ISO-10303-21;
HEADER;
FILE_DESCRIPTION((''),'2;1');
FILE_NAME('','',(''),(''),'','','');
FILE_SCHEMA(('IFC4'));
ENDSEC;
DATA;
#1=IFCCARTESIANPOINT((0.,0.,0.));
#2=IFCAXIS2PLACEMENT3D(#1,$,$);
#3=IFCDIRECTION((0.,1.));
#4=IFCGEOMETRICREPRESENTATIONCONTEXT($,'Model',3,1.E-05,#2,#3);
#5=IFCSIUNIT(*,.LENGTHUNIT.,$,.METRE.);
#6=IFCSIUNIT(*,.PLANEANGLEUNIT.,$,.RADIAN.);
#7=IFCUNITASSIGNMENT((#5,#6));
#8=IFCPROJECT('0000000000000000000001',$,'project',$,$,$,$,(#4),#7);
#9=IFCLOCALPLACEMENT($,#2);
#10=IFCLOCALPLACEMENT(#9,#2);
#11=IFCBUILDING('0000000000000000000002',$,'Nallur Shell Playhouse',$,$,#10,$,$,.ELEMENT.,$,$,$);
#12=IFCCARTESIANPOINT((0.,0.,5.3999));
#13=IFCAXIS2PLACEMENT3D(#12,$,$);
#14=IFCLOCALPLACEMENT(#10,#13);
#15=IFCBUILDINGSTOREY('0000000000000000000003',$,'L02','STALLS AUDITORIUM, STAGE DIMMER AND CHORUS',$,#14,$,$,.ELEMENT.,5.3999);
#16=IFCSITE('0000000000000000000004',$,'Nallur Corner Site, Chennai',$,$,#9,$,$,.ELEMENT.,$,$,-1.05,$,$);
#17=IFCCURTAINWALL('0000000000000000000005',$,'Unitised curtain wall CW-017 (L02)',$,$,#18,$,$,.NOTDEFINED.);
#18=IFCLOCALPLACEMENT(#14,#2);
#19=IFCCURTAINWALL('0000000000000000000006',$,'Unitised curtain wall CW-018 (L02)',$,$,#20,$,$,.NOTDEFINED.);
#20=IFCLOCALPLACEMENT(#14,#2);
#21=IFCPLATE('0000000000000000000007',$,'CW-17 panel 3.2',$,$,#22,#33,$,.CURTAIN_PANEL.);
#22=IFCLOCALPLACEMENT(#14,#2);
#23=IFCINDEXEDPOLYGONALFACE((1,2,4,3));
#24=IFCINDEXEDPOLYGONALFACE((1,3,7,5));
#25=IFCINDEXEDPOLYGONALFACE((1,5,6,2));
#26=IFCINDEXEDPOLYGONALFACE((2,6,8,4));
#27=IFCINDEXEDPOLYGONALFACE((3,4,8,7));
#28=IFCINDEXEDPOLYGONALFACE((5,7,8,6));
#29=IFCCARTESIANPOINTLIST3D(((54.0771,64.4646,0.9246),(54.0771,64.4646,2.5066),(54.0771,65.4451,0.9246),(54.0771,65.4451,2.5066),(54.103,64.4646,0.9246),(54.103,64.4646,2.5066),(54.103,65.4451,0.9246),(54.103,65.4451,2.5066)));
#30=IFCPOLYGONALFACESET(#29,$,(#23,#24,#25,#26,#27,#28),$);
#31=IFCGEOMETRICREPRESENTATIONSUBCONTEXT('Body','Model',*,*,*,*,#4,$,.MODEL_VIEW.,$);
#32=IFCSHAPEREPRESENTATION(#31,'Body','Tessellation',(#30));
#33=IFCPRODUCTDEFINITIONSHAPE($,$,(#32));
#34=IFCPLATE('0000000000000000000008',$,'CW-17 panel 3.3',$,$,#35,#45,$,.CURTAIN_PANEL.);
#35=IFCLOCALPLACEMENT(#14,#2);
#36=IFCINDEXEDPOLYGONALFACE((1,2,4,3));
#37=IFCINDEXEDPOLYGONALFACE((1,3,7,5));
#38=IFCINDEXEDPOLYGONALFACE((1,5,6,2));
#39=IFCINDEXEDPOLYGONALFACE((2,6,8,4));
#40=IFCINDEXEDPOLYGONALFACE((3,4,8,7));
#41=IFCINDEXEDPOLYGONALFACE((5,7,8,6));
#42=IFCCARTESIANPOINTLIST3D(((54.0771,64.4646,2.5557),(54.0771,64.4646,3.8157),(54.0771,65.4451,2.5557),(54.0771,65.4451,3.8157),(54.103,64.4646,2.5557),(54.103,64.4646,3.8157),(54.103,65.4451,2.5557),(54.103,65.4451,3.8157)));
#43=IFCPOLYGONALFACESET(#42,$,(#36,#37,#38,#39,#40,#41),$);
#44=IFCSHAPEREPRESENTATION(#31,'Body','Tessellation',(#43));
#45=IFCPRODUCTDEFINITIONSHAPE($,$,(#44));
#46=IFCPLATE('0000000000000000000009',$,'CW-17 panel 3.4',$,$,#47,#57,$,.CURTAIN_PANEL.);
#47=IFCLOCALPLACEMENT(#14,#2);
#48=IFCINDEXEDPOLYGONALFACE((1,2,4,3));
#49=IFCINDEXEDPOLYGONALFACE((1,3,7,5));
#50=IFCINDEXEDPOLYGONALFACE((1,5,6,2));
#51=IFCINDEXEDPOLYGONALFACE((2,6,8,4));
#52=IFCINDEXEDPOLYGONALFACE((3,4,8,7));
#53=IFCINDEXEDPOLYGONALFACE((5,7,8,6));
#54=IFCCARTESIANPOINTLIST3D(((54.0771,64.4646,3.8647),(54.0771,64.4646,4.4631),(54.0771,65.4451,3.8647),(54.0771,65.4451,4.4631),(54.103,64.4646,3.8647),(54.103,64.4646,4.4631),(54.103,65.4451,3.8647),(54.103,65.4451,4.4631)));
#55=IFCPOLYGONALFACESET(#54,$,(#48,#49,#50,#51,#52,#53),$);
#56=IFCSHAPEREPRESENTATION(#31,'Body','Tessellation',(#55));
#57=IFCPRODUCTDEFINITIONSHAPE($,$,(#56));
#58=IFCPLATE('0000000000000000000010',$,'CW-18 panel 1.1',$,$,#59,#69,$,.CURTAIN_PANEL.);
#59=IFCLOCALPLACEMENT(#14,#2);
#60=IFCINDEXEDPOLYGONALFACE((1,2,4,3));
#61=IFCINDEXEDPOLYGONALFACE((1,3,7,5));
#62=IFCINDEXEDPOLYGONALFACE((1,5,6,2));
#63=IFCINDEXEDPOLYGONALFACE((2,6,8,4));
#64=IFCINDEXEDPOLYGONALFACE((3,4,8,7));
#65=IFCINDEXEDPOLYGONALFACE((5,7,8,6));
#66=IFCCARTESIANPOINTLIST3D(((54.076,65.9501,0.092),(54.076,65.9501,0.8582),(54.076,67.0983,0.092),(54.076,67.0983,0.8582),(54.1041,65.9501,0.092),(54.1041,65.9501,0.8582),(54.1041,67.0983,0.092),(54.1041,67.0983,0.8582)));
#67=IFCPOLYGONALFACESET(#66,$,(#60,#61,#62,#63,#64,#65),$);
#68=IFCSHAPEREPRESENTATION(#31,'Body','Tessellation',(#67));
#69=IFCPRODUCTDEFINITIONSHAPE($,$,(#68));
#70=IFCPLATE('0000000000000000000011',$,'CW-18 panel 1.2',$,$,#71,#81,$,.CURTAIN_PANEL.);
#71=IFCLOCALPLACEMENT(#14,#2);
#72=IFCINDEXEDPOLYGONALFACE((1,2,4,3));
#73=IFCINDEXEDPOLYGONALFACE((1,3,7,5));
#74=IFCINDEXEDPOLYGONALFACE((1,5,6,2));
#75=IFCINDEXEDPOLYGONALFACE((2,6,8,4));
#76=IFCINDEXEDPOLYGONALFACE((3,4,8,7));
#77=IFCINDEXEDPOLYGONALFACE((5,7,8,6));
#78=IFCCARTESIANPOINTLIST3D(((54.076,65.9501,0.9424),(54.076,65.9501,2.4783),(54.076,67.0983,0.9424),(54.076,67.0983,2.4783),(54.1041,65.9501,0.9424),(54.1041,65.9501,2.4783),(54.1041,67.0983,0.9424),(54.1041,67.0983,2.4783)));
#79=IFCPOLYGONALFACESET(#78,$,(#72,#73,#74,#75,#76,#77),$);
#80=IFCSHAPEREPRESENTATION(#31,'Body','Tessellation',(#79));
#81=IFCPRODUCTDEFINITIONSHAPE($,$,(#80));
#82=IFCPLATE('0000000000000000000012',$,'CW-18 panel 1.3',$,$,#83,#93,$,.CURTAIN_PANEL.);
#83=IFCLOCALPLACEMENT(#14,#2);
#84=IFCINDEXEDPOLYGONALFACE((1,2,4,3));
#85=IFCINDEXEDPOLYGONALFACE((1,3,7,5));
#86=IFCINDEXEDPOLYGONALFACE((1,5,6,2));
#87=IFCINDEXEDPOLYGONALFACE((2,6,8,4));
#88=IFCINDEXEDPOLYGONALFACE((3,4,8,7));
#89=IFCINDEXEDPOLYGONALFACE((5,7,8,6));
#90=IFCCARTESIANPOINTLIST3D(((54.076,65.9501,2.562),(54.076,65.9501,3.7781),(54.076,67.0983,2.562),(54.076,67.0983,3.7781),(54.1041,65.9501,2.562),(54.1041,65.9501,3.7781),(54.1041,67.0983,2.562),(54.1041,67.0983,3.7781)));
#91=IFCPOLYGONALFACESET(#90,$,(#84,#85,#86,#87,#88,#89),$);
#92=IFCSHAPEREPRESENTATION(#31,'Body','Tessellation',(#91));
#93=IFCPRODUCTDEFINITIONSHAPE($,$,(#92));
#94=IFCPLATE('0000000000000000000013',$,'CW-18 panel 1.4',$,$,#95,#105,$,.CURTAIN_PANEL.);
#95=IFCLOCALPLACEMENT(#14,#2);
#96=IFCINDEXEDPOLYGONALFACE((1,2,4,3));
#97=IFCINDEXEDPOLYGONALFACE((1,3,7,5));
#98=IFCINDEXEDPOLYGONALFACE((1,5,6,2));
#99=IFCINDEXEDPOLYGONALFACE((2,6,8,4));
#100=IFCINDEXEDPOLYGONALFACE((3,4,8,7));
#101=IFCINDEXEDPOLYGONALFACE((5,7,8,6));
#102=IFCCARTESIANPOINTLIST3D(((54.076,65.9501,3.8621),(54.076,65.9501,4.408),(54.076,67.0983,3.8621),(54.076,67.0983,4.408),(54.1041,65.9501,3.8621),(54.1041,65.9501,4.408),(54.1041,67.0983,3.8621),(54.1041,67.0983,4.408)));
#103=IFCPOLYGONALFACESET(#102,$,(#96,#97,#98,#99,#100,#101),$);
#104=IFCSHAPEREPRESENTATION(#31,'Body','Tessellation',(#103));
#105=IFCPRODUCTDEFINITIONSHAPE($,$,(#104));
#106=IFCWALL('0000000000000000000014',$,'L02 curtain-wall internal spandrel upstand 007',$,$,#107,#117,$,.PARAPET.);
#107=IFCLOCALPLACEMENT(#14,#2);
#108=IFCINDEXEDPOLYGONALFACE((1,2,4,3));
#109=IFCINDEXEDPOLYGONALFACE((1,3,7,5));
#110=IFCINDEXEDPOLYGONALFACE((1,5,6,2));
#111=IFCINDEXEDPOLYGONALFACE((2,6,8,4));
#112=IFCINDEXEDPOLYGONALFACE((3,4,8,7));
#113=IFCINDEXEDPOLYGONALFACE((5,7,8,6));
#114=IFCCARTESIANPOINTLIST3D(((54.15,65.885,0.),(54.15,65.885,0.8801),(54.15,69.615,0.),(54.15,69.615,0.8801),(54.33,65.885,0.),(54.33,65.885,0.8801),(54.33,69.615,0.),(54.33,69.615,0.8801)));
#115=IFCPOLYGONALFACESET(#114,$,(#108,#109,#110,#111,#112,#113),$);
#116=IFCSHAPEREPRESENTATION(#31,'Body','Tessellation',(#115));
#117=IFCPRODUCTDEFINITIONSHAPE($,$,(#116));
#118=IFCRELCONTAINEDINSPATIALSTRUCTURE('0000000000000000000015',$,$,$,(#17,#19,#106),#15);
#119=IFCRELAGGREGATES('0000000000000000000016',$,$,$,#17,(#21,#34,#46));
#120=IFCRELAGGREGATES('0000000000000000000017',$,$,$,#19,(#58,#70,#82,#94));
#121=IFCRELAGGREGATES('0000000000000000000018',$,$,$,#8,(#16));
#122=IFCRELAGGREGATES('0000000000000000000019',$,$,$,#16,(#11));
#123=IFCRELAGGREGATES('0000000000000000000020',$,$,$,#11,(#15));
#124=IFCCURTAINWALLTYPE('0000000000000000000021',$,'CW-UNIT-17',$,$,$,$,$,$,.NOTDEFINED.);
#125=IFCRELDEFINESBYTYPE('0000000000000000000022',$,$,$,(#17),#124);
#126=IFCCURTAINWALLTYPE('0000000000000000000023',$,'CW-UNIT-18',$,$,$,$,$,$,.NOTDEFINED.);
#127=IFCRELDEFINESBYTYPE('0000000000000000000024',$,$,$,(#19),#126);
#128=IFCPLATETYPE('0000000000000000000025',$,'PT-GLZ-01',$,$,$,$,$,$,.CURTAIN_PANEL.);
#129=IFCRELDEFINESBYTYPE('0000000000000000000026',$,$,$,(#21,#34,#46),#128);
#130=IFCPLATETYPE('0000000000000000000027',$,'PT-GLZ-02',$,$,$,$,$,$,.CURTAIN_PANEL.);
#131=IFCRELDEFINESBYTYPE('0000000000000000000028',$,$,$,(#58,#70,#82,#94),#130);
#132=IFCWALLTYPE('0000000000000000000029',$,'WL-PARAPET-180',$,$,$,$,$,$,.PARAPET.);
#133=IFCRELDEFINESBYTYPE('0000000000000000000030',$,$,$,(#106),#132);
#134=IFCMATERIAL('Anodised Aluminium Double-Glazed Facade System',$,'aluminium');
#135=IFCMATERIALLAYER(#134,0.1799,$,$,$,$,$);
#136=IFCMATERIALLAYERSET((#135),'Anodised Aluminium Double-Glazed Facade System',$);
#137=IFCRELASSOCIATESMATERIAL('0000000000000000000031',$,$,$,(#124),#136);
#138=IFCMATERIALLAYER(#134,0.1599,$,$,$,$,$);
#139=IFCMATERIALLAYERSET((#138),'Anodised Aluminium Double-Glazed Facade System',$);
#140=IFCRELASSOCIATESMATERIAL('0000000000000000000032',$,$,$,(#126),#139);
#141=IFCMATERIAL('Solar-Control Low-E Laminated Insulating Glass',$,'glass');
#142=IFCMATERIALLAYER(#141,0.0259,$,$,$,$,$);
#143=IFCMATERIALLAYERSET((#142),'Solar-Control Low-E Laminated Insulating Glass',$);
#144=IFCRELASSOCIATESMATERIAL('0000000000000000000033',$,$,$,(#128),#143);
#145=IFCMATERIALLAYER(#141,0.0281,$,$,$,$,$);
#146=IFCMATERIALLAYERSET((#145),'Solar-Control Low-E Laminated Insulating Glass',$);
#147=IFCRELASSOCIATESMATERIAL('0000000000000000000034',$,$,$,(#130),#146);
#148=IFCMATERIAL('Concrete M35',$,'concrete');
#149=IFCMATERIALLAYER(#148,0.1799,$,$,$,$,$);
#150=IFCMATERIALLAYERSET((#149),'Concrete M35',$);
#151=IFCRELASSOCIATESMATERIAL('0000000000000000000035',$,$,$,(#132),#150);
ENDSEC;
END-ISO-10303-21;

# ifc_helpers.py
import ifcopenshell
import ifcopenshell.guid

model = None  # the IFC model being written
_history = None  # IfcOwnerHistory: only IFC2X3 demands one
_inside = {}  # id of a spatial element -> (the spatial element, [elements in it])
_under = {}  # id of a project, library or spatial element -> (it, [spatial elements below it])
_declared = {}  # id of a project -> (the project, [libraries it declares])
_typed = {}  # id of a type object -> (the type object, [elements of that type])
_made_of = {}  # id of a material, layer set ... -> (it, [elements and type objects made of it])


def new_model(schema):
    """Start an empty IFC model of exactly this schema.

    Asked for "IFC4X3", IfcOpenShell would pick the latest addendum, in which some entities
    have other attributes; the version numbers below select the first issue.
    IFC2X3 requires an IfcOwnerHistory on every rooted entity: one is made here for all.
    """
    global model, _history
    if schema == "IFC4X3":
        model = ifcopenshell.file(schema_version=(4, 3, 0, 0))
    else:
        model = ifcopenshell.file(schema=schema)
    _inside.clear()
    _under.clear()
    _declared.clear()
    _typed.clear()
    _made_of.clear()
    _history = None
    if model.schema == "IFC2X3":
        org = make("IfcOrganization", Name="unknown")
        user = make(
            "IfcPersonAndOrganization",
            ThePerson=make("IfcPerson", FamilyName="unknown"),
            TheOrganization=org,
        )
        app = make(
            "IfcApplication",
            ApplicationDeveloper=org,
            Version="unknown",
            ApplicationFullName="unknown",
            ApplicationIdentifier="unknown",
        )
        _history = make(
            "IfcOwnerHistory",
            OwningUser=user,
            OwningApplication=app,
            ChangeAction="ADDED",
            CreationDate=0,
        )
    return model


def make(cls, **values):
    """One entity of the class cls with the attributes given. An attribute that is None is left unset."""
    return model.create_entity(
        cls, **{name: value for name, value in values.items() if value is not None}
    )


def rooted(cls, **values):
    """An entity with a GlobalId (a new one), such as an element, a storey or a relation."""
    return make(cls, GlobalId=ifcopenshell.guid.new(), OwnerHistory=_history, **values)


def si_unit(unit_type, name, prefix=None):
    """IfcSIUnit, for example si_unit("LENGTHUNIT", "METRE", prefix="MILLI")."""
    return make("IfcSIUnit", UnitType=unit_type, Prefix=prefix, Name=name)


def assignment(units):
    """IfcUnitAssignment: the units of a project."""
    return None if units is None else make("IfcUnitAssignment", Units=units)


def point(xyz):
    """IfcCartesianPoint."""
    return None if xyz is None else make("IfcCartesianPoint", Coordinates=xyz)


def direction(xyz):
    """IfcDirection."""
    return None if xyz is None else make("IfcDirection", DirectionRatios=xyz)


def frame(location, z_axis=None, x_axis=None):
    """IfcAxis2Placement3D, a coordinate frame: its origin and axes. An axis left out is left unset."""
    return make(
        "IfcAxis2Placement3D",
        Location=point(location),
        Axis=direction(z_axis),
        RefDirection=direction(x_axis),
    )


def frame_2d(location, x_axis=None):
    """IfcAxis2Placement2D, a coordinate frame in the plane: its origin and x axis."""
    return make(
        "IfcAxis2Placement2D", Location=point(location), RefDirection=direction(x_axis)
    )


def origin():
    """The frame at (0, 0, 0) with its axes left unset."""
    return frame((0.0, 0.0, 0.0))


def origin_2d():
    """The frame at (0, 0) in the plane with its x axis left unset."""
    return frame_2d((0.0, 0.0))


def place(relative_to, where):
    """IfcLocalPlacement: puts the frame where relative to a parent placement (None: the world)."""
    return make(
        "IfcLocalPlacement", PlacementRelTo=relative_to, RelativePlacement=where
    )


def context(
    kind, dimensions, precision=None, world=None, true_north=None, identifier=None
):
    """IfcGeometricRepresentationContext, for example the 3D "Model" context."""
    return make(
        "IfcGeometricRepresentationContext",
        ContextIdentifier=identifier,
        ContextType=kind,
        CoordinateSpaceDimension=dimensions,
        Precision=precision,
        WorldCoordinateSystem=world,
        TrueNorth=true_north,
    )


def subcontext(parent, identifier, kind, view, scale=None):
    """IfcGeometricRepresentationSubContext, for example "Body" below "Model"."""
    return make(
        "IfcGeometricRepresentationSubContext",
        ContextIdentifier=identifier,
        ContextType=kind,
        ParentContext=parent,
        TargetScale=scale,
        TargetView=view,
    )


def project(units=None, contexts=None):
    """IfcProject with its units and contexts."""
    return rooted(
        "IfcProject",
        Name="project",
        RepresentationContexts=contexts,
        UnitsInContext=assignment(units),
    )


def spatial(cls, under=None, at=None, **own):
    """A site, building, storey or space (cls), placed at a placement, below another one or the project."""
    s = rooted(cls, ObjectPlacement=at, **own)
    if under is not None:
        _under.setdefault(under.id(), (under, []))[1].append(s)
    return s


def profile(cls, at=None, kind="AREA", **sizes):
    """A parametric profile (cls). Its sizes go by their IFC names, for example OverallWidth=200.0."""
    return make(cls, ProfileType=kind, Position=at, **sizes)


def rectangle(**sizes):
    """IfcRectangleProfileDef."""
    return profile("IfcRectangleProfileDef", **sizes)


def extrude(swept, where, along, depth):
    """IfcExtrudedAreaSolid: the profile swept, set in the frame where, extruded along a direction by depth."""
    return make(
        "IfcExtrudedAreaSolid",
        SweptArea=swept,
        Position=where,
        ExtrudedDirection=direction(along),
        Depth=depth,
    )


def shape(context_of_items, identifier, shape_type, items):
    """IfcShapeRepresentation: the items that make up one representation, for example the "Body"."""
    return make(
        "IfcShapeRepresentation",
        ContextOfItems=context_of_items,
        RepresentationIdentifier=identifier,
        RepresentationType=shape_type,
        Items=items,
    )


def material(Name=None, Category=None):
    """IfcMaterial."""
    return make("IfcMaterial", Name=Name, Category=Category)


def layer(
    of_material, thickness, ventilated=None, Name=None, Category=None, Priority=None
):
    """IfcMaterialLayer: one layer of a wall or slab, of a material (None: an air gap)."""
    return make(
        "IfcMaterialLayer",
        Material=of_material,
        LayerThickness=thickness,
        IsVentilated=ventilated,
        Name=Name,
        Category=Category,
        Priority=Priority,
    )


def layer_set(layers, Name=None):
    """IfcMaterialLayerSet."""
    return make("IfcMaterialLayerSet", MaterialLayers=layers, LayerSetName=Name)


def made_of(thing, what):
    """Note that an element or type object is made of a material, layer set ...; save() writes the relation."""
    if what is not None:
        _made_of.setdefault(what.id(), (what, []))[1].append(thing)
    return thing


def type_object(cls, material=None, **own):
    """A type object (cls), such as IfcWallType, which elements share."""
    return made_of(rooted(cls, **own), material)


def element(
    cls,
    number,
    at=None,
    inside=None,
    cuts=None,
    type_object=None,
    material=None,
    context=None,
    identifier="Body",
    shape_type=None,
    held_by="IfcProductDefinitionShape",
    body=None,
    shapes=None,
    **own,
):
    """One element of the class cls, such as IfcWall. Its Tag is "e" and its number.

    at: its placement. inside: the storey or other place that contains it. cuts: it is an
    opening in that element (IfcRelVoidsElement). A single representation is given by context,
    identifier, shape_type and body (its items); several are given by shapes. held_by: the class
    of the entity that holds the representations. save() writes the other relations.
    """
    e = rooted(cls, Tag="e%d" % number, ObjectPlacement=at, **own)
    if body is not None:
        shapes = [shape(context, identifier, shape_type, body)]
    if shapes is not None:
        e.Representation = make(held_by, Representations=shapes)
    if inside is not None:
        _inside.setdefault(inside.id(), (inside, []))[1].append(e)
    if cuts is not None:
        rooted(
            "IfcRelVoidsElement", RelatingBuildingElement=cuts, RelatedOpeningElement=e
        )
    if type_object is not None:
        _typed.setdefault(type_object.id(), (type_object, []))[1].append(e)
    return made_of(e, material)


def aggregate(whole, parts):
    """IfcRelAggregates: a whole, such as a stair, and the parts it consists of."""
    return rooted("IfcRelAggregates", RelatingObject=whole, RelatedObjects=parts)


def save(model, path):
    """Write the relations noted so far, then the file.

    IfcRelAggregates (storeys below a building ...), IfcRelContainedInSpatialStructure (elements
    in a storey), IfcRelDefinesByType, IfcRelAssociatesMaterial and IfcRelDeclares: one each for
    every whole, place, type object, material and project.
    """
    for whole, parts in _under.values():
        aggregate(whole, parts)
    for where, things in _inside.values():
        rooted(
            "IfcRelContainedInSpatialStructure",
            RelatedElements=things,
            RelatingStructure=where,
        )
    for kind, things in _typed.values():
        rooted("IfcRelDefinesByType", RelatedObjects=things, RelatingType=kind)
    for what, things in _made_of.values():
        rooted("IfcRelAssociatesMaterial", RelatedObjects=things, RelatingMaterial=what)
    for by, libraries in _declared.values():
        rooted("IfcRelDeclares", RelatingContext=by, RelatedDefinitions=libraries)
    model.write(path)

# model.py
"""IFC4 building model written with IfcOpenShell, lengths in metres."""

from ifc_helpers import new_model, si_unit, direction, frame, frame_2d, origin, origin_2d, place, context, subcontext, project, spatial, rectangle, extrude, material, layer, layer_set, type_object, element, aggregate, save


model = new_model("IFC4")

# Units and contexts
model_context = context("Model", 3, precision=1e-05, world=origin(), true_north=direction((0.0, 1.0)))
body_context = subcontext(model_context, "Body", "Model", "MODEL_VIEW")
ifc_project = project(units=[si_unit("LENGTHUNIT", "METRE"), si_unit("PLANEANGLEUNIT", "RADIAN")], contexts=[model_context])

# Site, building, storey
site_placement = place(None, origin())
site = spatial("IfcSite", under=ifc_project, at=site_placement, Name="Nallur Corner Site, Chennai", CompositionType="ELEMENT", RefElevation=-1.05)
building_placement = place(site_placement, origin())
building = spatial("IfcBuilding", under=site, at=building_placement, Name="Nallur Shell Playhouse", CompositionType="ELEMENT")
storey_placement = place(building_placement, frame((0.0, 0.0, 5.3999)))
storey = spatial("IfcBuildingStorey", under=building, at=storey_placement, Name="L02", Description="STALLS AUDITORIUM, STAGE DIMMER AND CHORUS", CompositionType="ELEMENT", Elevation=5.3999)

# Curtain walls
ifc_material_1 = material(Name="Anodised Aluminium Double-Glazed Facade System", Category="aluminium")
ifc_layer_1 = layer(ifc_material_1, 0.1799)
ifc_layer_set_1 = layer_set([ifc_layer_1], Name="Anodised Aluminium Double-Glazed Facade System")
curtain_wall_type_1 = type_object("IfcCurtainWallType", Name="CW-UNIT-17", PredefinedType="NOTDEFINED", material=ifc_layer_set_1)
curtain_wall_1_placement = place(storey_placement, origin())
curtain_wall_1 = element("IfcCurtainWall", 1, at=curtain_wall_1_placement, inside=storey, type_object=curtain_wall_type_1, Name="Unitised curtain wall CW-017 (L02)", PredefinedType="NOTDEFINED")
ifc_layer_2 = layer(ifc_material_1, 0.1599)
ifc_layer_set_2 = layer_set([ifc_layer_2], Name="Anodised Aluminium Double-Glazed Facade System")
curtain_wall_type_2 = type_object("IfcCurtainWallType", Name="CW-UNIT-18", PredefinedType="NOTDEFINED", material=ifc_layer_set_2)
curtain_wall_2_placement = place(storey_placement, origin())
curtain_wall_2 = element("IfcCurtainWall", 2, at=curtain_wall_2_placement, inside=storey, type_object=curtain_wall_type_2, Name="Unitised curtain wall CW-018 (L02)", PredefinedType="NOTDEFINED")

# Plates
ifc_material_2 = material(Name="Solar-Control Low-E Laminated Insulating Glass", Category="glass")
ifc_layer_3 = layer(ifc_material_2, 0.0259)
ifc_layer_set_3 = layer_set([ifc_layer_3], Name="Solar-Control Low-E Laminated Insulating Glass")
plate_type_1 = type_object("IfcPlateType", Name="PT-GLZ-01", PredefinedType="CURTAIN_PANEL", material=ifc_layer_set_3)
plate_1_placement = place(storey_placement, frame((54.0901, 64.9548, 0.9246), z_axis=(0.0, 0.0, 1.0), x_axis=(0.0, 1.0, 0.0)))
plate_1 = element("IfcPlate", 3, at=plate_1_placement, type_object=plate_type_1, Name="CW-17 panel 3.2", PredefinedType="CURTAIN_PANEL", context=body_context, shape_type="SweptSolid", body=[
    extrude(rectangle(XDim=0.9805, YDim=0.0259, at=origin_2d()), origin(), (0.0, 0.0, 1.0), 1.582),
])
plate_2_placement = place(storey_placement, frame((54.0901, 64.9548, 2.5557), z_axis=(0.0, 0.0, 1.0), x_axis=(0.0, 1.0, 0.0)))
plate_2 = element("IfcPlate", 4, at=plate_2_placement, type_object=plate_type_1, Name="CW-17 panel 3.3", PredefinedType="CURTAIN_PANEL", context=body_context, shape_type="SweptSolid", body=[
    extrude(rectangle(XDim=0.9805, YDim=0.0259, at=origin_2d()), origin(), (0.0, 0.0, 1.0), 1.26),
])
plate_3_placement = place(storey_placement, frame((54.0901, 64.9548, 3.8647), z_axis=(0.0, 0.0, 1.0), x_axis=(0.0, 1.0, 0.0)))
plate_3 = element("IfcPlate", 5, at=plate_3_placement, type_object=plate_type_1, Name="CW-17 panel 3.4", PredefinedType="CURTAIN_PANEL", context=body_context, shape_type="SweptSolid", body=[
    extrude(rectangle(XDim=0.9805, YDim=0.0259, at=origin_2d()), origin(), (0.0, 0.0, 1.0), 0.5984),
])
aggregate(curtain_wall_1, [plate_1, plate_2, plate_3])
ifc_layer_4 = layer(ifc_material_2, 0.0281)
ifc_layer_set_4 = layer_set([ifc_layer_4], Name="Solar-Control Low-E Laminated Insulating Glass")
plate_type_2 = type_object("IfcPlateType", Name="PT-GLZ-02", PredefinedType="CURTAIN_PANEL", material=ifc_layer_set_4)
plate_4_placement = place(storey_placement, frame((54.0901, 66.5242, 0.092), z_axis=(0.0, 0.0, 1.0), x_axis=(0.0, 1.0, 0.0)))
plate_4 = element("IfcPlate", 6, at=plate_4_placement, type_object=plate_type_2, Name="CW-18 panel 1.1", PredefinedType="CURTAIN_PANEL", context=body_context, shape_type="SweptSolid", body=[
    extrude(rectangle(XDim=1.1482, YDim=0.0281, at=origin_2d()), origin(), (0.0, 0.0, 1.0), 0.7661),
])
plate_5_placement = place(storey_placement, frame((54.0901, 66.5242, 0.9424), z_axis=(0.0, 0.0, 1.0), x_axis=(0.0, 1.0, 0.0)))
plate_5 = element("IfcPlate", 7, at=plate_5_placement, type_object=plate_type_2, Name="CW-18 panel 1.2", PredefinedType="CURTAIN_PANEL", context=body_context, shape_type="SweptSolid", body=[
    extrude(rectangle(XDim=1.1482, YDim=0.0281, at=origin_2d()), origin(), (0.0, 0.0, 1.0), 1.5359),
])
plate_6_placement = place(storey_placement, frame((54.0901, 66.5242, 2.562), z_axis=(0.0, 0.0, 1.0), x_axis=(0.0, 1.0, 0.0)))
plate_6 = element("IfcPlate", 8, at=plate_6_placement, type_object=plate_type_2, Name="CW-18 panel 1.3", PredefinedType="CURTAIN_PANEL", context=body_context, shape_type="SweptSolid", body=[
    extrude(rectangle(XDim=1.1482, YDim=0.0281, at=origin_2d()), origin(), (0.0, 0.0, 1.0), 1.2161),
])
plate_7_placement = place(storey_placement, frame((54.0901, 66.5242, 3.8621), z_axis=(0.0, 0.0, 1.0), x_axis=(0.0, 1.0, 0.0)))
plate_7 = element("IfcPlate", 9, at=plate_7_placement, type_object=plate_type_2, Name="CW-18 panel 1.4", PredefinedType="CURTAIN_PANEL", context=body_context, shape_type="SweptSolid", body=[
    extrude(rectangle(XDim=1.1482, YDim=0.0281, at=origin_2d()), origin(), (0.0, 0.0, 1.0), 0.5459),
])
aggregate(curtain_wall_2, [plate_4, plate_5, plate_6, plate_7])

# Wall
ifc_material_3 = material(Name="Concrete M35", Category="concrete")
ifc_layer_5 = layer(ifc_material_3, 0.1799)
ifc_layer_set_5 = layer_set([ifc_layer_5], Name="Concrete M35")
wall_type = type_object("IfcWallType", Name="WL-PARAPET-180", PredefinedType="PARAPET", material=ifc_layer_set_5)
wall_placement = place(storey_placement, frame((54.24, 65.885, 0.0), z_axis=(0.0, 0.0, 1.0), x_axis=(0.0, 1.0, 0.0)))
element("IfcWall", 10, at=wall_placement, inside=storey, type_object=wall_type, Name="L02 curtain-wall internal spandrel upstand 007", PredefinedType="PARAPET", context=body_context, shape_type="SweptSolid", body=[
    extrude(rectangle(XDim=3.73, YDim=0.1799, at=frame_2d((1.865, 0.0))), origin(), (0.0, 0.0, 1.0), 0.8801),
])

save(model, "model.ifc")
